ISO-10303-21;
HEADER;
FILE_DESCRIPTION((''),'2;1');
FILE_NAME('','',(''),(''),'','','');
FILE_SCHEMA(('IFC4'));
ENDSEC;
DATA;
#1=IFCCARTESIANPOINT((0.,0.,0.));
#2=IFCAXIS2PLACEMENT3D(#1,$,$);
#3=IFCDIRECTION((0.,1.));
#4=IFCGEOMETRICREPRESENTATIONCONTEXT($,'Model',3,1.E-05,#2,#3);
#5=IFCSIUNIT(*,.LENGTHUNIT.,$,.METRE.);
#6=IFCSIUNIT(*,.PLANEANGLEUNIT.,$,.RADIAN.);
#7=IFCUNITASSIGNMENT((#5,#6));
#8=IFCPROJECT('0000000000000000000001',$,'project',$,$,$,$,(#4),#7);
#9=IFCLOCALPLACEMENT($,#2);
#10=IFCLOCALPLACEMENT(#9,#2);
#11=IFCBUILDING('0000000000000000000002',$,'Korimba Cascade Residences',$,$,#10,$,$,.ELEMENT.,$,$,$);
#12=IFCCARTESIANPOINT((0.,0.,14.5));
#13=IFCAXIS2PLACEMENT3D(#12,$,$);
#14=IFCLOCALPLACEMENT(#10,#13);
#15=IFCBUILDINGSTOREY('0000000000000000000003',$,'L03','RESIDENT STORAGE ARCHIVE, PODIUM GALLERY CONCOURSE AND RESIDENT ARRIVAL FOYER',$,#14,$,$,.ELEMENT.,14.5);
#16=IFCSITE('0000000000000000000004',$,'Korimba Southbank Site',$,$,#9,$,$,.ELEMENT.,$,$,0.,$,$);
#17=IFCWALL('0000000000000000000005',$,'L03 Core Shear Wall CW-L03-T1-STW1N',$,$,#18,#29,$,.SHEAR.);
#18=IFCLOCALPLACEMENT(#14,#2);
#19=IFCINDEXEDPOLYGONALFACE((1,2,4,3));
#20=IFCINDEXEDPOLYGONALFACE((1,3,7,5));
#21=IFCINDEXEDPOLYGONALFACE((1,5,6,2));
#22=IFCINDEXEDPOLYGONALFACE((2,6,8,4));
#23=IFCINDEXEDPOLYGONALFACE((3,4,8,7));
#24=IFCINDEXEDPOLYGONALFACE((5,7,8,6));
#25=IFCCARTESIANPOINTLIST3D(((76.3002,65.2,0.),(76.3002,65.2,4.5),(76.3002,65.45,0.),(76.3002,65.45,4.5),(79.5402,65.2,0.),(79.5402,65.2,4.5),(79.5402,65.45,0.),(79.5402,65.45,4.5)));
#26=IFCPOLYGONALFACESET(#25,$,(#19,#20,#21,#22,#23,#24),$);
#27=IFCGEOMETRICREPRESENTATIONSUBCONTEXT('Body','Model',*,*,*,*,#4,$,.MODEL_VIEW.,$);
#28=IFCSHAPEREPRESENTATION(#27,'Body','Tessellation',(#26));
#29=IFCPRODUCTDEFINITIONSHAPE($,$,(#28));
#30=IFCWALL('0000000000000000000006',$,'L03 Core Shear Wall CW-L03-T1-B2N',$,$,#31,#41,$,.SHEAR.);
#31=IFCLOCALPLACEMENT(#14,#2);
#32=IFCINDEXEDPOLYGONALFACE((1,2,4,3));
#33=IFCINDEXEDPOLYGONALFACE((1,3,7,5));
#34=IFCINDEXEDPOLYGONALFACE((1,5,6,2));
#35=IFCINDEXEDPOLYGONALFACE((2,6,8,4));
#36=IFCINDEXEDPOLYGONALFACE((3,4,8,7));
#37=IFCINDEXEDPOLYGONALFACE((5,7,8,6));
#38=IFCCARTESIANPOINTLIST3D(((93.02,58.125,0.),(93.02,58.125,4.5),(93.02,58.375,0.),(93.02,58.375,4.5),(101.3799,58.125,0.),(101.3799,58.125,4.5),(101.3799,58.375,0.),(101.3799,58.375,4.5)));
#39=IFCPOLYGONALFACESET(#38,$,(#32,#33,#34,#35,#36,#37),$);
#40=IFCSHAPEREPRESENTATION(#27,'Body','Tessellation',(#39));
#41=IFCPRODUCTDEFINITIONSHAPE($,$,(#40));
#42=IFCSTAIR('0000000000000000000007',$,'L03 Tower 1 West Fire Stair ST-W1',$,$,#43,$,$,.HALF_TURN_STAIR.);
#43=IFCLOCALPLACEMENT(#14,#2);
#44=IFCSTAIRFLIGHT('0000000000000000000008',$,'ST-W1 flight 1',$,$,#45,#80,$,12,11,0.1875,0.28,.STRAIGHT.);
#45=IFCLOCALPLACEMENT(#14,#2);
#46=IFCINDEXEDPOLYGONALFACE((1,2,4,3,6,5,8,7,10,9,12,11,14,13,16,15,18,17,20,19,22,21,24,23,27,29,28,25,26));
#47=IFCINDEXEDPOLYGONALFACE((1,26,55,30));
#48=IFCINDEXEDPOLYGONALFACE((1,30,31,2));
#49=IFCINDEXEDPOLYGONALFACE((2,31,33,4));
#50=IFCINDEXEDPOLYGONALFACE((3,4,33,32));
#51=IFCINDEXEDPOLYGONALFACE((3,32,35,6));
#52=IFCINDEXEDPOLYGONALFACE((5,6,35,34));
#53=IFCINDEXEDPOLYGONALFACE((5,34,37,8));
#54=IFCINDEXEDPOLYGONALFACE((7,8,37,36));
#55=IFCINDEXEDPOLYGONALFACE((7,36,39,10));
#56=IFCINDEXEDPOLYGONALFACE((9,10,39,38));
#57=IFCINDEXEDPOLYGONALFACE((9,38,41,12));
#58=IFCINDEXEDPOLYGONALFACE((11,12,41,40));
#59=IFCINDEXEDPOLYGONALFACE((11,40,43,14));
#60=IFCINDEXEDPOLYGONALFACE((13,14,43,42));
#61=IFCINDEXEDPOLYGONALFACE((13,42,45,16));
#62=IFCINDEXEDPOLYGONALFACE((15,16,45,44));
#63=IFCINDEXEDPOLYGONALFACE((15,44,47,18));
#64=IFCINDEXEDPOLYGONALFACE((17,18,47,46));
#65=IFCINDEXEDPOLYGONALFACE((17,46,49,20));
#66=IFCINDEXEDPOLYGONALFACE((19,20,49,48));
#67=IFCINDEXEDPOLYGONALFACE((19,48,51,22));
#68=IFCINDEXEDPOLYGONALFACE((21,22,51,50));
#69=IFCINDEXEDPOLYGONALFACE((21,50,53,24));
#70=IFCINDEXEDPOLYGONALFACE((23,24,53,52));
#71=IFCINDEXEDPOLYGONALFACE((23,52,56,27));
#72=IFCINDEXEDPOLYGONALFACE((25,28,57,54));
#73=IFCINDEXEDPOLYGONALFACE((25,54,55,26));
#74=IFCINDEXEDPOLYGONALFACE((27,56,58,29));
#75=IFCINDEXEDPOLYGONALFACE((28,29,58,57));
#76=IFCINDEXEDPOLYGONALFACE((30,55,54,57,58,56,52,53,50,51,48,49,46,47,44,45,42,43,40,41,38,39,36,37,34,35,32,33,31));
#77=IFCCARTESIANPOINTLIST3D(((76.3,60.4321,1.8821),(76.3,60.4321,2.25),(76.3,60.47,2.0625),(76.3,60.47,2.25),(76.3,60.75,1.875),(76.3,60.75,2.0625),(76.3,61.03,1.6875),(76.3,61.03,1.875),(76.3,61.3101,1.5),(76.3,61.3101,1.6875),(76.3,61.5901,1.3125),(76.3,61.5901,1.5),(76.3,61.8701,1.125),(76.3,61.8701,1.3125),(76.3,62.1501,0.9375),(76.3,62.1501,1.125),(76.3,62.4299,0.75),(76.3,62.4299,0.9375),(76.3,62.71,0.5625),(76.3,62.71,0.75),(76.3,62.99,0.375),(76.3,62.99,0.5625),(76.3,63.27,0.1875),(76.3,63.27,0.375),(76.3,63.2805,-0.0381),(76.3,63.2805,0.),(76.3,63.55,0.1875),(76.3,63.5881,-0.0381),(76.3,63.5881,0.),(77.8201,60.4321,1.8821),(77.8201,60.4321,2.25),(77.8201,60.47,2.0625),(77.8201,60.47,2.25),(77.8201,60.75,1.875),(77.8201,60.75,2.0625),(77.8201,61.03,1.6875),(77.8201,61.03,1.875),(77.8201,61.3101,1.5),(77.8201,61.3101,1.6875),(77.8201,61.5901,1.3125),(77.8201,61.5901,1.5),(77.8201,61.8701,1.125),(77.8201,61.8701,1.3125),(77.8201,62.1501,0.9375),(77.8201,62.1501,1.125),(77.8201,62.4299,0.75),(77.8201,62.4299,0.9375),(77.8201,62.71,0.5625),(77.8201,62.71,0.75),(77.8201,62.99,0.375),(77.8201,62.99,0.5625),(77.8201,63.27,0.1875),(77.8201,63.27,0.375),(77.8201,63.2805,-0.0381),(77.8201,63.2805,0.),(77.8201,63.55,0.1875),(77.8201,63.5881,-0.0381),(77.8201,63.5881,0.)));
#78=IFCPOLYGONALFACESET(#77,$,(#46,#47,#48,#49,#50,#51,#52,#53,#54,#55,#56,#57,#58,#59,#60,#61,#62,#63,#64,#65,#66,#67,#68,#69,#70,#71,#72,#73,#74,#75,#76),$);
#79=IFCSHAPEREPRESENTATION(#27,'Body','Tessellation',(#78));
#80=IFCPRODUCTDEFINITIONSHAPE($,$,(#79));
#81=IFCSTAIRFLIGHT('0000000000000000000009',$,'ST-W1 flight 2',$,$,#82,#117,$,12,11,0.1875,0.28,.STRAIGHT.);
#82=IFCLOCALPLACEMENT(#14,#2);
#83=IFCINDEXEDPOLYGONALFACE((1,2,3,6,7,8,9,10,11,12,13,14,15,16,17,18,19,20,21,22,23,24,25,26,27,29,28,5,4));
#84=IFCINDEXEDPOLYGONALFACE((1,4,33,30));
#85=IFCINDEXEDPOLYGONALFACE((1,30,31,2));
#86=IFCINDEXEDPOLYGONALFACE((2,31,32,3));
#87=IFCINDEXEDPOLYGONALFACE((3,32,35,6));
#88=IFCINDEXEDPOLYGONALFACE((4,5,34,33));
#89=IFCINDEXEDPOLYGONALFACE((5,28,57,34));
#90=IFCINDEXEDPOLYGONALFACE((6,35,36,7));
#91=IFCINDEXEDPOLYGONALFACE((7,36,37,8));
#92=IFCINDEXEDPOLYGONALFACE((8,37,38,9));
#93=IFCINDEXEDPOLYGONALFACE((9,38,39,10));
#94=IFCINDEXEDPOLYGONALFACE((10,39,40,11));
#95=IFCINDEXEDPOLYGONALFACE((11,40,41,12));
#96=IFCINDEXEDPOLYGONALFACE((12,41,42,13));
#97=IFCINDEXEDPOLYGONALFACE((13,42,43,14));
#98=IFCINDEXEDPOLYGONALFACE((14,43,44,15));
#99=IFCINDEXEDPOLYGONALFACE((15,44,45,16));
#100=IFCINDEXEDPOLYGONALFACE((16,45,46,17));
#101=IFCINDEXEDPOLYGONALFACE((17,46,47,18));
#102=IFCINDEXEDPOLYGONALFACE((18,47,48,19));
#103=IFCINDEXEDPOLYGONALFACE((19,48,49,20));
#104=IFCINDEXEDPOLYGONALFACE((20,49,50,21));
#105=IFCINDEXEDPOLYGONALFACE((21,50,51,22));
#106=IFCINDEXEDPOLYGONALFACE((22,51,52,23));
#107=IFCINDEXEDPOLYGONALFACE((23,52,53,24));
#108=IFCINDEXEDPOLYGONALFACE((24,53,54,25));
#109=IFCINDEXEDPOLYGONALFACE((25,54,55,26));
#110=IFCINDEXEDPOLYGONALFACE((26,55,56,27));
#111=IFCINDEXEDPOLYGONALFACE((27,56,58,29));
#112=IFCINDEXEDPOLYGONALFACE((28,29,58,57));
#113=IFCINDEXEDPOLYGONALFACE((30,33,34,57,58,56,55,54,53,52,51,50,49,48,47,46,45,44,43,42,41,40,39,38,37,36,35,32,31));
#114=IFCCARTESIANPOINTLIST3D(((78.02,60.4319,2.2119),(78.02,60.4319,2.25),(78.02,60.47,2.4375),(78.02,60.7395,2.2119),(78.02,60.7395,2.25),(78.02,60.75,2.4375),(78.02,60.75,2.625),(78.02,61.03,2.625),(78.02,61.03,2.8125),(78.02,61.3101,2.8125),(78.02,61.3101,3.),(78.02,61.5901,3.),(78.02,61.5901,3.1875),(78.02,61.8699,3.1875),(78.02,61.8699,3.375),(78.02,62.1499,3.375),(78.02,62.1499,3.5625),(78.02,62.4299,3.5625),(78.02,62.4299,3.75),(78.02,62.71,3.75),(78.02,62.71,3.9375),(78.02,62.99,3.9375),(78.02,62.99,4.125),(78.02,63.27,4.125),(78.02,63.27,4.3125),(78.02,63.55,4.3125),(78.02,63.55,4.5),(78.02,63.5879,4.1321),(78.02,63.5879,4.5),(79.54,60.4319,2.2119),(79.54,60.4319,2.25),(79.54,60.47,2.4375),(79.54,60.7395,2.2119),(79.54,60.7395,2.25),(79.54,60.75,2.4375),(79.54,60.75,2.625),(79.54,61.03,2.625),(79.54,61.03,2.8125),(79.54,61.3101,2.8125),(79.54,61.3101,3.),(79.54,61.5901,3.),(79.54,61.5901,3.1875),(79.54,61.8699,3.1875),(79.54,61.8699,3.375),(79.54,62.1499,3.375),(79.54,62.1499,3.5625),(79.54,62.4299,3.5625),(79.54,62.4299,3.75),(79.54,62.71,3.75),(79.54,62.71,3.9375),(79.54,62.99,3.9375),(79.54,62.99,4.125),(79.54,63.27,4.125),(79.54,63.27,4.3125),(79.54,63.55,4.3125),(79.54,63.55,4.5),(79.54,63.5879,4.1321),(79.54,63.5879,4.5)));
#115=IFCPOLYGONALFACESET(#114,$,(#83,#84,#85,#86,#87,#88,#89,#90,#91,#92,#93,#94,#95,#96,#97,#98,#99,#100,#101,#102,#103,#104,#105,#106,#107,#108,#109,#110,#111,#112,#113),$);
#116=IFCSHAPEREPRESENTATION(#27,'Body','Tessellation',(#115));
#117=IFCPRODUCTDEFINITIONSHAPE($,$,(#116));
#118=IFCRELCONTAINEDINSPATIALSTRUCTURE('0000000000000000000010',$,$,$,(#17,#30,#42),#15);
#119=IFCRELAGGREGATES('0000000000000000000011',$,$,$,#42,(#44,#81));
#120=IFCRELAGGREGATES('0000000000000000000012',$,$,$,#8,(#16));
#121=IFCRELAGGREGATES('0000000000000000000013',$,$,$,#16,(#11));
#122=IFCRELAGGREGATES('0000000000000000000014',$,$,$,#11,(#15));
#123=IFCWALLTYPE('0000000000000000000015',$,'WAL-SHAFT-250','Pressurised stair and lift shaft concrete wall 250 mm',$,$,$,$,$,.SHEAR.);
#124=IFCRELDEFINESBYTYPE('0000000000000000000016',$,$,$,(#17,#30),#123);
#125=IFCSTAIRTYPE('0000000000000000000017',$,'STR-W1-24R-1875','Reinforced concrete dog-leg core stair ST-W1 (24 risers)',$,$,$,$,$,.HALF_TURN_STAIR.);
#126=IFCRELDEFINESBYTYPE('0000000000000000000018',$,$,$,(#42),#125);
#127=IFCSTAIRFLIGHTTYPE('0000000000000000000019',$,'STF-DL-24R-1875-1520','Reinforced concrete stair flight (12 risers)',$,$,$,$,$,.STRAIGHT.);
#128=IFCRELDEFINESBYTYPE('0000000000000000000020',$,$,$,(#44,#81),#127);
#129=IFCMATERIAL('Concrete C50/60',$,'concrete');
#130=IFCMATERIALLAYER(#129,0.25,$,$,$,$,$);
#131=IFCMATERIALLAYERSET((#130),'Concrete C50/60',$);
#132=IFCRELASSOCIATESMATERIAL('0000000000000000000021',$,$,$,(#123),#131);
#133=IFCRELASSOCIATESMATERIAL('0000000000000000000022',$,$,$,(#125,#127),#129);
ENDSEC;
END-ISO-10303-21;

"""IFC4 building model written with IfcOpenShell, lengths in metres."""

from ifc_helpers import new_model, si_unit, direction, frame, frame_2d, origin, place, context, subcontext, project, spatial, polyline, rectangle, outline, extrude, material, layer, layer_set, type_object, element, aggregate, save


model = new_model("IFC4")

# Units and contexts
model_context = context("Model", 3, precision=1e-05, world=origin(), true_north=direction((0.0, 1.0)))
body_context = subcontext(model_context, "Body", "Model", "MODEL_VIEW")
ifc_project = project(units=[si_unit("LENGTHUNIT", "METRE"), si_unit("PLANEANGLEUNIT", "RADIAN")], contexts=[model_context])

# Site, building, storey
site_placement = place(None, origin())
site = spatial("IfcSite", under=ifc_project, at=site_placement, Name="Korimba Southbank Site", CompositionType="ELEMENT", RefElevation=0.0)
building_placement = place(site_placement, origin())
building = spatial("IfcBuilding", under=site, at=building_placement, Name="Korimba Cascade Residences", CompositionType="ELEMENT")
storey_placement = place(building_placement, frame((0.0, 0.0, 14.5)))
storey = spatial("IfcBuildingStorey", under=building, at=storey_placement, Name="L03", Description="RESIDENT STORAGE ARCHIVE, PODIUM GALLERY CONCOURSE AND RESIDENT ARRIVAL FOYER", CompositionType="ELEMENT", Elevation=14.5)

# Wall
ifc_material_1 = material(Name="Concrete C50/60", Category="concrete")
ifc_layer_1 = layer(ifc_material_1, 0.25)
ifc_layer_set_1 = layer_set([ifc_layer_1], Name="Concrete C50/60")
wall_type_1 = type_object("IfcWallType", Name="WAL-SHAFT-250", Description="Pressurised stair and lift shaft concrete wall 250 mm", PredefinedType="SHEAR", material=ifc_layer_set_1)
wall_1_placement = place(storey_placement, frame((76.3, 65.325, 0.0), z_axis=(0.0, 0.0, 1.0), x_axis=(1.0, 0.0, 0.0)))
element("IfcWall", 1, at=wall_1_placement, inside=storey, type_object=wall_type_1, Name="L03 Core Shear Wall CW-L03-T1-STW1N", PredefinedType="SHEAR", context=body_context, shape_type="SweptSolid", body=[
    extrude(rectangle(XDim=3.24, YDim=0.25, at=frame_2d((1.6201, 0.0))), origin(), (0.0, 0.0, 1.0), 4.5),
])

# Wall
wall_2_placement = place(storey_placement, frame((93.02, 58.25, 0.0), z_axis=(0.0, 0.0, 1.0), x_axis=(1.0, 0.0, 0.0)))
element("IfcWall", 2, at=wall_2_placement, inside=storey, type_object=wall_type_1, Name="L03 Core Shear Wall CW-L03-T1-B2N", PredefinedType="SHEAR", context=body_context, shape_type="SweptSolid", body=[
    extrude(rectangle(XDim=8.3599, YDim=0.25, at=frame_2d((4.1799, 0.0))), origin(), (0.0, 0.0, 1.0), 4.5),
])

# Stair, stair flights
stair_type = type_object("IfcStairType", Name="STR-W1-24R-1875", Description="Reinforced concrete dog-leg core stair ST-W1 (24 risers)", PredefinedType="HALF_TURN_STAIR", material=ifc_material_1)
stair_placement = place(storey_placement, origin())
stair = element("IfcStair", 3, at=stair_placement, inside=storey, type_object=stair_type, Name="L03 Tower 1 West Fire Stair ST-W1", PredefinedType="HALF_TURN_STAIR")
stair_flight_type = type_object("IfcStairFlightType", Name="STF-DL-24R-1875-1520", Description="Reinforced concrete stair flight (12 risers)", PredefinedType="STRAIGHT", material=ifc_material_1)
stair_flight_1_placement = place(storey_placement, frame((77.0601, 63.55, 0.0), z_axis=(0.0, 0.0, 1.0), x_axis=(0.0, -1.0, 0.0)))
stair_flight_1 = element("IfcStairFlight", 4, at=stair_flight_1_placement, type_object=stair_flight_type, Name="ST-W1 flight 1", NumberOfRisers=12, NumberOfTreads=11, PredefinedType="STRAIGHT", RiserHeight=0.1875, TreadLength=0.28, context=body_context, shape_type="SweptSolid", body=[
    extrude(outline(polyline([(-0.0381, 0.0), (0.0, 0.1875), (0.28, 0.1875), (0.28, 0.375), (0.5601, 0.375), (0.5601, 0.5625), (0.8401, 0.5625), (0.8401, 0.75), (1.1201, 0.75), (1.1201, 0.9375), (1.3999, 0.9375), (1.3999, 1.125), (1.6799, 1.125), (1.6799, 1.3125), (1.96, 1.3125), (1.96, 1.5), (2.24, 1.5), (2.24, 1.6875), (2.52, 1.6875), (2.52, 1.875), (2.8, 1.875), (2.8, 2.0625), (3.0801, 2.0625), (3.0801, 2.25), (3.1179, 2.25), (3.1179, 1.8821), (0.2695, 0.0), (0.2695, -0.0381), (-0.0381, -0.0381), (-0.0381, 0.0)])), frame((0.0, 0.76, 0.0), z_axis=(0.0, -1.0, 0.0), x_axis=(1.0, 0.0, 0.0)), (0.0, 0.0, 1.0), 1.52),
])
stair_flight_2_placement = place(storey_placement, frame((78.78, 60.47, 2.25), z_axis=(0.0, 0.0, 1.0), x_axis=(0.0, 1.0, 0.0)))
stair_flight_2 = element("IfcStairFlight", 5, at=stair_flight_2_placement, type_object=stair_flight_type, Name="ST-W1 flight 2", NumberOfRisers=12, NumberOfTreads=11, PredefinedType="STRAIGHT", RiserHeight=0.1875, TreadLength=0.28, context=body_context, shape_type="SweptSolid", body=[
    extrude(outline(polyline([(-0.0381, 0.0), (0.0, 0.1875), (0.28, 0.1875), (0.28, 0.375), (0.5601, 0.375), (0.5601, 0.5625), (0.8401, 0.5625), (0.8401, 0.75), (1.1201, 0.75), (1.1201, 0.9375), (1.3999, 0.9375), (1.3999, 1.125), (1.6799, 1.125), (1.6799, 1.3125), (1.96, 1.3125), (1.96, 1.5), (2.24, 1.5), (2.24, 1.6875), (2.52, 1.6875), (2.52, 1.875), (2.8, 1.875), (2.8, 2.0625), (3.0801, 2.0625), (3.0801, 2.25), (3.1179, 2.25), (3.1179, 1.8821), (0.2695, 0.0), (0.2695, -0.0381), (-0.0381, -0.0381), (-0.0381, 0.0)])), frame((0.0, 0.76, 0.0), z_axis=(0.0, -1.0, 0.0), x_axis=(1.0, 0.0, 0.0)), (0.0, 0.0, 1.0), 1.52),
])
aggregate(stair, [stair_flight_1, stair_flight_2])

save(model, "model.ifc")
